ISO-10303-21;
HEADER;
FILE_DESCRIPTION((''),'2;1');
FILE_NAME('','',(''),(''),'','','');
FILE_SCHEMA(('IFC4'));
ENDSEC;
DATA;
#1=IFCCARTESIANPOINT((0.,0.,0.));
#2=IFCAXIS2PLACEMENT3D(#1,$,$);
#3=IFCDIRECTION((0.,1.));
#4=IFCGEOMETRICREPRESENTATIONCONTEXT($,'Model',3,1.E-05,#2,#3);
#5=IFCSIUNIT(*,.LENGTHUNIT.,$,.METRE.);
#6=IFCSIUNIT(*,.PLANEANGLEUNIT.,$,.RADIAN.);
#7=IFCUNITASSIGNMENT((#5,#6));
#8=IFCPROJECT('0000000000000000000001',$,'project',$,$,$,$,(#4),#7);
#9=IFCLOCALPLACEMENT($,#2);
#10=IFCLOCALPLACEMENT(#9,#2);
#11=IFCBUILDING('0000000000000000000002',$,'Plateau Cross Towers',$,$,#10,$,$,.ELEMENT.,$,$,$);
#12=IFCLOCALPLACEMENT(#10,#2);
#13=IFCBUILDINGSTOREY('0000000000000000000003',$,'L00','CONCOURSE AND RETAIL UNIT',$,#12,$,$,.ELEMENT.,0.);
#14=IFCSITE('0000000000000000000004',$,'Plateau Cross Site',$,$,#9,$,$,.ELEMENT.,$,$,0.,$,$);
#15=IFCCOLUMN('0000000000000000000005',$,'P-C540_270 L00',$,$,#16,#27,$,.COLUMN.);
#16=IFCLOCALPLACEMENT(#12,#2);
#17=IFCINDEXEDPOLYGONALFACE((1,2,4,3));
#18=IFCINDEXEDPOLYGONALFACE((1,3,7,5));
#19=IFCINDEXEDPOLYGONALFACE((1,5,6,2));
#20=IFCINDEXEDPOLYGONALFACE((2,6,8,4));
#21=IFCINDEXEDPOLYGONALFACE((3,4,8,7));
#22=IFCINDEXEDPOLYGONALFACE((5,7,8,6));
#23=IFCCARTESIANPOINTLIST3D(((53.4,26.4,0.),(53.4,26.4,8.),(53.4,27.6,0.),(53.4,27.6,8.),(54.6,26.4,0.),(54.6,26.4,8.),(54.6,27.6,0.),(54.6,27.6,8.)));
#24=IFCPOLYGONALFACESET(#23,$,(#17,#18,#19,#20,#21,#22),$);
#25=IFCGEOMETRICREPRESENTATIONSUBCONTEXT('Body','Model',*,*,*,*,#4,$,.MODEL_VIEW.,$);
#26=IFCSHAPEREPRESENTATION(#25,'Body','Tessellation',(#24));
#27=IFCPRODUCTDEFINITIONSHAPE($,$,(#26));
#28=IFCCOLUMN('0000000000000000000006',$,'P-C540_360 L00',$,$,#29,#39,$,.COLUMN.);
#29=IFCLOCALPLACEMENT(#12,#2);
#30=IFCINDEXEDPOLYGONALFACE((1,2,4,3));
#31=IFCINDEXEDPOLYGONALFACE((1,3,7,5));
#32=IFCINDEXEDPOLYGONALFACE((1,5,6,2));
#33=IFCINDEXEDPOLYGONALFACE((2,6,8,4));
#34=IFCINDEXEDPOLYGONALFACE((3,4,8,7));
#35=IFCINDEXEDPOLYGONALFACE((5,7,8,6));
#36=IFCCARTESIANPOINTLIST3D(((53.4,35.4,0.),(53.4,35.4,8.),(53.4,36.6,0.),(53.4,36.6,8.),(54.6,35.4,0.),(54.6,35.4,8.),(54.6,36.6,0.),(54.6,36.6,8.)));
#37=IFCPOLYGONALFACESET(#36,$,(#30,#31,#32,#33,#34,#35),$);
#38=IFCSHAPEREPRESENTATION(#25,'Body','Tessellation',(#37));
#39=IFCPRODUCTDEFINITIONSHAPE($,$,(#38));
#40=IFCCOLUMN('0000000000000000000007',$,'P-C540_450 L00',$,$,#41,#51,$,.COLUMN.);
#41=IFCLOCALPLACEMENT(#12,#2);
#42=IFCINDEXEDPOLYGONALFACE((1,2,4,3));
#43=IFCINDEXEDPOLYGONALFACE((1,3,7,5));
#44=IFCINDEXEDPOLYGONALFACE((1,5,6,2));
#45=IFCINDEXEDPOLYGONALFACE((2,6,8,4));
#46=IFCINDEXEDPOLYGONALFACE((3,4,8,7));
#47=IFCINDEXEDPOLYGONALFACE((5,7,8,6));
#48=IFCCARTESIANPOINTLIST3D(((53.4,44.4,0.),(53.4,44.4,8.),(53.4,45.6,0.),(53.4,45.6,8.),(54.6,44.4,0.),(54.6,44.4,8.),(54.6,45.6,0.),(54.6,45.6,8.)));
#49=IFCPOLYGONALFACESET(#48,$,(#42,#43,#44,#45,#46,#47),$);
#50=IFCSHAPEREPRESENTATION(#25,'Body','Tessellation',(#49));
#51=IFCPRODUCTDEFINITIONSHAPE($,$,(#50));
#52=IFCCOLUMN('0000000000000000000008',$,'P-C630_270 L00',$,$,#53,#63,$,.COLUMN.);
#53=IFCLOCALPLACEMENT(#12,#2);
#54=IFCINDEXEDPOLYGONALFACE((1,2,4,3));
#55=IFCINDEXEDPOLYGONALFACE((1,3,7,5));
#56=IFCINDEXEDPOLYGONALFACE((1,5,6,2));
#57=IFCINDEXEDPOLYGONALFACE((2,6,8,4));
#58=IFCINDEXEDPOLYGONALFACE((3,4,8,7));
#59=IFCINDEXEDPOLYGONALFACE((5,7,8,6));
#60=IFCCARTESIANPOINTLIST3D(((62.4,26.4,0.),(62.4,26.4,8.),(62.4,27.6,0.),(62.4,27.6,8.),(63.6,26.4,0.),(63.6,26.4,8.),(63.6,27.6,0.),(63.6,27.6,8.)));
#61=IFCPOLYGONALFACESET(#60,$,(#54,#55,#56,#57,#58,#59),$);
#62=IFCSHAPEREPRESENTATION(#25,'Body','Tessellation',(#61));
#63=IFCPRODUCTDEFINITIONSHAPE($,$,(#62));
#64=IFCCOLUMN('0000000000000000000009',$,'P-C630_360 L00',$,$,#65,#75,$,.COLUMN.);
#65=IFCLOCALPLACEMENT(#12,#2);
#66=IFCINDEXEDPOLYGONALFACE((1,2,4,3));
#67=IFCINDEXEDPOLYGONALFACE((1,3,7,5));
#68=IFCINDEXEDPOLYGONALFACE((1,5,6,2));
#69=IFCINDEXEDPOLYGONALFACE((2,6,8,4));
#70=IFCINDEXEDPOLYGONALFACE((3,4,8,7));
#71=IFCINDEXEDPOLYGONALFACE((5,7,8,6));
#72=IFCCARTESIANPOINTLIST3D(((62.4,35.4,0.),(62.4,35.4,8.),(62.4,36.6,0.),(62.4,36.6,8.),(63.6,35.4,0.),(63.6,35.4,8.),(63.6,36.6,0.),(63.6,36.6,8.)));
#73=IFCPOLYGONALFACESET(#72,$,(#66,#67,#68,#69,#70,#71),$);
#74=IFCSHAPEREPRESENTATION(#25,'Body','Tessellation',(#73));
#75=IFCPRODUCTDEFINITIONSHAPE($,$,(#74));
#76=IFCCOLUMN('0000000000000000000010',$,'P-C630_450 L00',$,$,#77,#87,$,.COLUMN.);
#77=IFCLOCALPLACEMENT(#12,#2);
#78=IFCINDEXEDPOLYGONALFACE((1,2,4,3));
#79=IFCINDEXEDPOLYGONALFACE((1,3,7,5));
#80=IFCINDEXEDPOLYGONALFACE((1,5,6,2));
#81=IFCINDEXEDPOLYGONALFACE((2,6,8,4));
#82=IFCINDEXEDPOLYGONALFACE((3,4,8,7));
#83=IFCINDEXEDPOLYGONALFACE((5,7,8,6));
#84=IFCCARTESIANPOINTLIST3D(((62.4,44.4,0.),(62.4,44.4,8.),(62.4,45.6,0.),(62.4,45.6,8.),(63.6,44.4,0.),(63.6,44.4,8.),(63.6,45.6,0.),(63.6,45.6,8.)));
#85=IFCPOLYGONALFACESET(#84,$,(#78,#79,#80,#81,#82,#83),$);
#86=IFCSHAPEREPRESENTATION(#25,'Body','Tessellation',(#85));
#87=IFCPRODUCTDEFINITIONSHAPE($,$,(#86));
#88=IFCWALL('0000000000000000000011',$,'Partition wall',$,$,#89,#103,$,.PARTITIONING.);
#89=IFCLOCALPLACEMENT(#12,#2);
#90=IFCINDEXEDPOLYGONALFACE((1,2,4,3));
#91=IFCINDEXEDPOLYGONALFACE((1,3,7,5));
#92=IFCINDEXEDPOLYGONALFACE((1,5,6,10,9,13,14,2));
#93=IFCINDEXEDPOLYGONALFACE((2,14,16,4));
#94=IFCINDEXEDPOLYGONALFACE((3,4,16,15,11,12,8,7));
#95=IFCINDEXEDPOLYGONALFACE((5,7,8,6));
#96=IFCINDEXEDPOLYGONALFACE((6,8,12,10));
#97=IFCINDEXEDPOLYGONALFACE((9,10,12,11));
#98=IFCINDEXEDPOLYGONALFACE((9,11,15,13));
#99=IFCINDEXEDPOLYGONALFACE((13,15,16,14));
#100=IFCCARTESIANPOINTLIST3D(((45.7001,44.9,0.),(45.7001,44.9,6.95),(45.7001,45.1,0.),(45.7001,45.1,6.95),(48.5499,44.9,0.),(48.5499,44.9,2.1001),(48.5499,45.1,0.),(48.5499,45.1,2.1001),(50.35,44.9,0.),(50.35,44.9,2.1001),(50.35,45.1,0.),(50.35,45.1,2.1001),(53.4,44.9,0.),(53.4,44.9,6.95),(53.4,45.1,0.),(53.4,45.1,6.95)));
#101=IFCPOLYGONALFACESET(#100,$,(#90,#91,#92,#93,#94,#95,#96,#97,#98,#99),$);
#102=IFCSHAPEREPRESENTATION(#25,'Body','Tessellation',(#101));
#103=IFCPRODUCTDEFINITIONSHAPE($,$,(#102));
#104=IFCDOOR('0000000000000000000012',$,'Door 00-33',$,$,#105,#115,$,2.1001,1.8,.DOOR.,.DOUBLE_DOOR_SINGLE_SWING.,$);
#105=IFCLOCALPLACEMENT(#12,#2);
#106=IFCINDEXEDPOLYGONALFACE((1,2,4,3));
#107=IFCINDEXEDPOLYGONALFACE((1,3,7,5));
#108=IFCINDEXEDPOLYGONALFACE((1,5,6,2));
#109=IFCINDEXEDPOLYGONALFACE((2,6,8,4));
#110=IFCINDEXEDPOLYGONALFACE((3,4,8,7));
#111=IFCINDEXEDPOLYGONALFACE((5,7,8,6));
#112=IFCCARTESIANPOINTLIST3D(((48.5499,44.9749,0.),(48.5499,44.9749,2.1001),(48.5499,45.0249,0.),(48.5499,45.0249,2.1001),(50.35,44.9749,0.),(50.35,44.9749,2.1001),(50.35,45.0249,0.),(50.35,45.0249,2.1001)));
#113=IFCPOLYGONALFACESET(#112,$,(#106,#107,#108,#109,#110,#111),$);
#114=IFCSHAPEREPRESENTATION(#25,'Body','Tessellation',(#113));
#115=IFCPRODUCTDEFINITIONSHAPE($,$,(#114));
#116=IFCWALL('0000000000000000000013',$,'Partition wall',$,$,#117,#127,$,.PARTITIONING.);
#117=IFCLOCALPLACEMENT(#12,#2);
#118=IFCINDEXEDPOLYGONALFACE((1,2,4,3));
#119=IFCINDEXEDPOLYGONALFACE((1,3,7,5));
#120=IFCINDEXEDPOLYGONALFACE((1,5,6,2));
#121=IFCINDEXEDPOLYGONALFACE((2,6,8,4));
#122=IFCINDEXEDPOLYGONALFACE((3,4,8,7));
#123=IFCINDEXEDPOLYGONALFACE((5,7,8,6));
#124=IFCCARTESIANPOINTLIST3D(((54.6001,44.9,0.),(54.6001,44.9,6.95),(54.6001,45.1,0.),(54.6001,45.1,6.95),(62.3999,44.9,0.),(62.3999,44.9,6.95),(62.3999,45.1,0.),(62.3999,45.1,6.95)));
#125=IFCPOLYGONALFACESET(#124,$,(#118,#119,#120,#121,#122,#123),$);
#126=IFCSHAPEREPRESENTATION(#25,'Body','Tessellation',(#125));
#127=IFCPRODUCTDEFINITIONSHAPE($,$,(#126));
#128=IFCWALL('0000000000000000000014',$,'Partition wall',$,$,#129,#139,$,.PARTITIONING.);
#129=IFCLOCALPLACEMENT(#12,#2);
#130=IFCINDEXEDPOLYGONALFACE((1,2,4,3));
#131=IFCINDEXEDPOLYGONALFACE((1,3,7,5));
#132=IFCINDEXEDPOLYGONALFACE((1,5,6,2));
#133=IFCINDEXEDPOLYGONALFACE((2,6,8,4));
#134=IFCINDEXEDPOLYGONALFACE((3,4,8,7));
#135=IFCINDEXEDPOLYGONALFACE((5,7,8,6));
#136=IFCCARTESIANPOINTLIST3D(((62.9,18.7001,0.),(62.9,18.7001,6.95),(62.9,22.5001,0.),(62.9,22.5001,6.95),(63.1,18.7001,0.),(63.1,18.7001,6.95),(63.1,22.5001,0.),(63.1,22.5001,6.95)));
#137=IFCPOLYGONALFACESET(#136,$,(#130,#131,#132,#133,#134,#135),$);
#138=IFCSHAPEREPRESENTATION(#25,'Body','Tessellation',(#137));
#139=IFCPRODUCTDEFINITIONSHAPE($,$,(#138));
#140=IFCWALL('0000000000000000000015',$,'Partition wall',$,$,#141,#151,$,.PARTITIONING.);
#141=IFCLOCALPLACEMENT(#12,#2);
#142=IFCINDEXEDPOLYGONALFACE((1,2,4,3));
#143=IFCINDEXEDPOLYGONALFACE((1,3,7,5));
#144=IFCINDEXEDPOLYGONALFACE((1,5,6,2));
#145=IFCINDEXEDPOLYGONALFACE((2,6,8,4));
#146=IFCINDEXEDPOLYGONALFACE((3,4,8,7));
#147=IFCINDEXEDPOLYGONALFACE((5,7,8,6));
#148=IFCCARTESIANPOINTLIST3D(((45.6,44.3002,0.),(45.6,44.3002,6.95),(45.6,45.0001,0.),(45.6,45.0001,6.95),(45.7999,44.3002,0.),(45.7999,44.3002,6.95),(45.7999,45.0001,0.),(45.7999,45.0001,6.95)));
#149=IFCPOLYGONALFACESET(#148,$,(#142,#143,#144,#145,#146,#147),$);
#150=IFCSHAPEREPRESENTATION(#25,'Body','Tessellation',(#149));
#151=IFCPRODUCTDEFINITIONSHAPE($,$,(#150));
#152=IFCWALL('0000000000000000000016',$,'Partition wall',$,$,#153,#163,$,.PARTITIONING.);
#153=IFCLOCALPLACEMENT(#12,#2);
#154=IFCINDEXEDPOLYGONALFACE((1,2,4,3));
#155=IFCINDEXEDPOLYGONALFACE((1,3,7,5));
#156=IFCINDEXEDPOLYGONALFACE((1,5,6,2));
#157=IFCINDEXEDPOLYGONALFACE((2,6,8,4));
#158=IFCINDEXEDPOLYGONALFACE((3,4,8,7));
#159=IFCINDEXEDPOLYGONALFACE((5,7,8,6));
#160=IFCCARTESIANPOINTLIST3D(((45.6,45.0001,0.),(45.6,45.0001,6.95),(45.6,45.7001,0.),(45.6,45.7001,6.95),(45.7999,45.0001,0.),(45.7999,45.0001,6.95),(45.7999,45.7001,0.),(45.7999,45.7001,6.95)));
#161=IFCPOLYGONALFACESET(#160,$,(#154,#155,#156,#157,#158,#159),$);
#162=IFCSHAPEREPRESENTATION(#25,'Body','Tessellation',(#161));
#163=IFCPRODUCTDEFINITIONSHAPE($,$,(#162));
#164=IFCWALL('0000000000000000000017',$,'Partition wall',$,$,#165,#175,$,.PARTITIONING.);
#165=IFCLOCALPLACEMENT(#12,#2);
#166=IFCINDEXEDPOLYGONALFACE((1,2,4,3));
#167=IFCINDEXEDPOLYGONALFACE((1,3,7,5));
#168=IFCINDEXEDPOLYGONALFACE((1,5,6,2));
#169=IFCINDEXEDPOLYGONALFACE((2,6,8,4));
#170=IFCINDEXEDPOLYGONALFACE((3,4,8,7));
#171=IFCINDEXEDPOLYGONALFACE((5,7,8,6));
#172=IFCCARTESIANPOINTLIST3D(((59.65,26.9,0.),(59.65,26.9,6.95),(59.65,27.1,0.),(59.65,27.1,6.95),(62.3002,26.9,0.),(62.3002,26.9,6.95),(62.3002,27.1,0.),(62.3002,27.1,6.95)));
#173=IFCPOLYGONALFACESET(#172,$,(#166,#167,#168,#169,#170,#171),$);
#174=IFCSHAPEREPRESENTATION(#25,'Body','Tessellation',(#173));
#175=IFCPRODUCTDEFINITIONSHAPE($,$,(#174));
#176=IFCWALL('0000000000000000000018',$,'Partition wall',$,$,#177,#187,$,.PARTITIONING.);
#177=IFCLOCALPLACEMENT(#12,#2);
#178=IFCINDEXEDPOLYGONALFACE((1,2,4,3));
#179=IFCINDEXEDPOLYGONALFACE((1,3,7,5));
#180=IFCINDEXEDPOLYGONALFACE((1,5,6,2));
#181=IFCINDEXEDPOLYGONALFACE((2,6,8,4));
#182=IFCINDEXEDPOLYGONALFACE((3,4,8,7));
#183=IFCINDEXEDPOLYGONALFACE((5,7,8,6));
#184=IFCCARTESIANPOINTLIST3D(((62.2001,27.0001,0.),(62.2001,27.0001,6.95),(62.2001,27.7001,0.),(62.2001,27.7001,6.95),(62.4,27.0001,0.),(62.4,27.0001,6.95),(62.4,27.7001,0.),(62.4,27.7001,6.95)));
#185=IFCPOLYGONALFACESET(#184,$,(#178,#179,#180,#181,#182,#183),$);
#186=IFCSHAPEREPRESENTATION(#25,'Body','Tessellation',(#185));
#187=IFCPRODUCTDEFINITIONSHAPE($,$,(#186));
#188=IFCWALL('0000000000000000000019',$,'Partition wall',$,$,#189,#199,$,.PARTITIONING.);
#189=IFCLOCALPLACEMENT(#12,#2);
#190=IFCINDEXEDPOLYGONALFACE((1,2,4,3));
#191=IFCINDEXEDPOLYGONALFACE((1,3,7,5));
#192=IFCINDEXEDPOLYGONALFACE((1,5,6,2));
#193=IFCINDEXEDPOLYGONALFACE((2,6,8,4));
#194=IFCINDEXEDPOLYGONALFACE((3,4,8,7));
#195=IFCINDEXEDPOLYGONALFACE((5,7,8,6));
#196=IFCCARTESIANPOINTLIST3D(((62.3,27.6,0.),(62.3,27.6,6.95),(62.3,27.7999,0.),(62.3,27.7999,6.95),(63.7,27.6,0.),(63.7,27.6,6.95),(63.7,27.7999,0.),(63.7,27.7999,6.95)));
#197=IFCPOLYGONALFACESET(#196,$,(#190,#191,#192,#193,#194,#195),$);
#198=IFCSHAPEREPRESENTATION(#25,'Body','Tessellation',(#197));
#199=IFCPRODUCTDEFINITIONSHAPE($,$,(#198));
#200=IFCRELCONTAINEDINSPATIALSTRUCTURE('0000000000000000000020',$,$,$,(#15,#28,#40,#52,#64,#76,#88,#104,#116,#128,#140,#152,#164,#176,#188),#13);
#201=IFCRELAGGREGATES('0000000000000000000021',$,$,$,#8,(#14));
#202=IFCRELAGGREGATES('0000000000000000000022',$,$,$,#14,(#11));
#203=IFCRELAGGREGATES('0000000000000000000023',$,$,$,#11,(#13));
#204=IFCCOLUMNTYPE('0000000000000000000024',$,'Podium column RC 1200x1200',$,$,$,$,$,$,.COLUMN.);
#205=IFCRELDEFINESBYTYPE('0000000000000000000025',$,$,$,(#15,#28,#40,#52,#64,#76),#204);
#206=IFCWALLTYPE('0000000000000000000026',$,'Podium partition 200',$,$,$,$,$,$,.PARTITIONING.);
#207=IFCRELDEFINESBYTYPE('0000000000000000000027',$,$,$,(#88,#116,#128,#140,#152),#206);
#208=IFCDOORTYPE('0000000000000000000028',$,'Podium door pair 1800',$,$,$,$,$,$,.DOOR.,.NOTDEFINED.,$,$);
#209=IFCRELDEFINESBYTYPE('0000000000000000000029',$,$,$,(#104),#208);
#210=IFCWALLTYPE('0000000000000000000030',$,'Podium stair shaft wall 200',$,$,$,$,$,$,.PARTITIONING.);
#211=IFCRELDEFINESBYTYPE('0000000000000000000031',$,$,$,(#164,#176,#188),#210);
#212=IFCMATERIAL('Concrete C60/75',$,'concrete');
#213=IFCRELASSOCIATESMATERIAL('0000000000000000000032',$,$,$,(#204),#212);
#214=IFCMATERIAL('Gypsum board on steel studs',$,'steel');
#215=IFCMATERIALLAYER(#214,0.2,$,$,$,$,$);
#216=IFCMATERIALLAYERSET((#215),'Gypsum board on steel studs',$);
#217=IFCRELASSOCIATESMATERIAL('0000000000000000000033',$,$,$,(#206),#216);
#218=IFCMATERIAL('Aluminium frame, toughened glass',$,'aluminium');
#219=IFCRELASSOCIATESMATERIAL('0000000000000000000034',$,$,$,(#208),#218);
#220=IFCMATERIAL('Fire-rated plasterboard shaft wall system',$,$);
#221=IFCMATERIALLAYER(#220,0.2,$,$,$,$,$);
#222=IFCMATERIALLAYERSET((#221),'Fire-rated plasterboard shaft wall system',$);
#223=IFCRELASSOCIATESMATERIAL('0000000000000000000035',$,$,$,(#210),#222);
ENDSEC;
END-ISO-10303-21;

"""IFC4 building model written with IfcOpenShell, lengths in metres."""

from ifc_helpers import new_model, si_unit, direction, frame, frame_2d, origin, origin_2d, place, context, subcontext, project, spatial, rectangle, extrude, material, layer, layer_set, material_profile, profile_set, type_object, element, fill, save


model = new_model("IFC4")

# Units and contexts
model_context = context("Model", 3, precision=1e-05, world=origin(), true_north=direction((0.0, 1.0)))
body_context = subcontext(model_context, "Body", "Model", "MODEL_VIEW")
ifc_project = project(units=[si_unit("LENGTHUNIT", "METRE"), si_unit("PLANEANGLEUNIT", "RADIAN")], contexts=[model_context])

# Site, building, storey
site_placement = place(None, origin())
site = spatial("IfcSite", under=ifc_project, at=site_placement, Name="Plateau Cross Site", CompositionType="ELEMENT", RefElevation=0.0)
building_placement = place(site_placement, origin())
building = spatial("IfcBuilding", under=site, at=building_placement, Name="Plateau Cross Towers", CompositionType="ELEMENT")
storey_placement = place(building_placement, origin())
storey = spatial("IfcBuildingStorey", under=building, at=storey_placement, Name="L00", Description="CONCOURSE AND RETAIL UNIT", CompositionType="ELEMENT", Elevation=0.0)

# Columns
ifc_material_1 = material(Name="Concrete C60/75", Category="concrete")
ifc_material_profile = material_profile(ifc_material_1, rectangle(XDim=1.2, YDim=1.2, at=origin_2d()), Name="RC 1200x1200")
ifc_profile_set = profile_set([ifc_material_profile], Name="Concrete C60/75")
column_type = type_object("IfcColumnType", Name="Podium column RC 1200x1200", PredefinedType="COLUMN", material=ifc_profile_set)
for number, where, z_axis, x_axis, name in (
    (1, (54.0, 27.0, 0.0), (0.0, 0.0, 1.0), (1.0, 0.0, 0.0), "P-C540_270 L00"),
    (2, (54.0, 36.0, 0.0), (0.0, 0.0, 1.0), (1.0, 0.0, 0.0), "P-C540_360 L00"),
    (3, (54.0, 45.0, 0.0), (0.0, 0.0, 1.0), (1.0, 0.0, 0.0), "P-C540_450 L00"),
    (4, (63.0, 27.0, 0.0), (0.0, 0.0, 1.0), (1.0, 0.0, 0.0), "P-C630_270 L00"),
    (5, (63.0, 36.0, 0.0), (0.0, 0.0, 1.0), (1.0, 0.0, 0.0), "P-C630_360 L00"),
    (6, (63.0, 45.0, 0.0), (0.0, 0.0, 1.0), (1.0, 0.0, 0.0), "P-C630_450 L00"),
):
    element("IfcColumn", number, at=place(storey_placement, frame(where, z_axis=z_axis, x_axis=x_axis)), inside=storey, type_object=column_type, Name=name, PredefinedType="COLUMN", context=body_context, shape_type="SweptSolid", body=[
        extrude(rectangle(XDim=1.2, YDim=1.2, at=origin_2d()), origin(), (0.0, 0.0, 1.0), 8.0),
    ])

# Wall, opening, door
ifc_material_2 = material(Name="Gypsum board on steel studs", Category="steel")
ifc_layer_1 = layer(ifc_material_2, 0.2)
ifc_layer_set_1 = layer_set([ifc_layer_1], Name="Gypsum board on steel studs")
wall_type_1 = type_object("IfcWallType", Name="Podium partition 200", PredefinedType="PARTITIONING", material=ifc_layer_set_1)
wall_1_placement = place(storey_placement, frame((45.7, 45.0, 0.0), z_axis=(0.0, 0.0, 1.0), x_axis=(1.0, 0.0, 0.0)))
wall_1 = element("IfcWall", 7, at=wall_1_placement, inside=storey, type_object=wall_type_1, Name="Partition wall", PredefinedType="PARTITIONING", context=body_context, shape_type="SweptSolid", body=[
    extrude(rectangle(XDim=7.7, YDim=0.2, at=frame_2d((3.8501, 0.0))), origin(), (0.0, 0.0, 1.0), 6.95),
])
opening_1_placement = place(wall_1_placement, frame((2.8501, 0.0, 0.0)))
opening_1 = element("IfcOpeningElement", 8, at=opening_1_placement, cuts=wall_1, PredefinedType="OPENING", context=body_context, shape_type="SweptSolid", body=[
    extrude(rectangle(XDim=1.8, YDim=2.1001, at=frame_2d((0.8999, 1.05))), frame((0.0, 0.1099, 0.0), z_axis=(0.0, -1.0, 0.0), x_axis=(1.0, 0.0, 0.0)), (0.0, 0.0, 1.0), 0.22),
])
ifc_material_3 = material(Name="Aluminium frame, toughened glass", Category="aluminium")
door_type_1 = type_object("IfcDoorType", Name="Podium door pair 1800", OperationType="NOTDEFINED", PredefinedType="DOOR", material=ifc_material_3)
door_1_placement = place(opening_1_placement, origin())
door_1 = element("IfcDoor", 9, at=door_1_placement, inside=storey, type_object=door_type_1, Name="Door 00-33", OperationType="DOUBLE_DOOR_SINGLE_SWING", OverallHeight=2.1001, OverallWidth=1.8, PredefinedType="DOOR", context=body_context, shape_type="SweptSolid", body=[
    extrude(rectangle(XDim=1.8, YDim=2.1001, at=frame_2d((0.8999, 1.05))), frame((0.0, 0.0249, 0.0), z_axis=(0.0, -1.0, 0.0), x_axis=(1.0, 0.0, 0.0)), (0.0, 0.0, 1.0), 0.05),
])
fill(opening_1, door_1)

# Walls
wall_2_placement = place(storey_placement, frame((54.6001, 45.0, 0.0), z_axis=(0.0, 0.0, 1.0), x_axis=(1.0, 0.0, 0.0)))
element("IfcWall", 10, at=wall_2_placement, inside=storey, type_object=wall_type_1, Name="Partition wall", PredefinedType="PARTITIONING", context=body_context, shape_type="SweptSolid", body=[
    extrude(rectangle(XDim=7.7998, YDim=0.2, at=frame_2d((3.8999, 0.0))), origin(), (0.0, 0.0, 1.0), 6.95),
])
wall_3_placement = place(storey_placement, frame((63.0, 22.5, 0.0), z_axis=(0.0, 0.0, 1.0), x_axis=(0.0, -1.0, 0.0)))
element("IfcWall", 11, at=wall_3_placement, inside=storey, type_object=wall_type_1, Name="Partition wall", PredefinedType="PARTITIONING", context=body_context, shape_type="SweptSolid", body=[
    extrude(rectangle(XDim=3.8, YDim=0.2, at=frame_2d((1.8999, 0.0))), origin(), (0.0, 0.0, 1.0), 6.95),
])
for number, where, z_axis, x_axis, name in (
    (12, (45.7, 44.3, 0.0), (0.0, 0.0, 1.0), (0.0, 1.0, 0.0), "Partition wall"),
    (13, (45.7, 45.0, 0.0), (0.0, 0.0, 1.0), (0.0, 1.0, 0.0), "Partition wall"),
):
    element("IfcWall", number, at=place(storey_placement, frame(where, z_axis=z_axis, x_axis=x_axis)), inside=storey, type_object=wall_type_1, Name=name, PredefinedType="PARTITIONING", context=body_context, shape_type="SweptSolid", body=[
        extrude(rectangle(XDim=0.7, YDim=0.2, at=frame_2d((0.3501, 0.0))), origin(), (0.0, 0.0, 1.0), 6.95),
    ])
ifc_material_4 = material(Name="Fire-rated plasterboard shaft wall system")
ifc_layer_2 = layer(ifc_material_4, 0.2)
ifc_layer_set_2 = layer_set([ifc_layer_2], Name="Fire-rated plasterboard shaft wall system")
wall_type_2 = type_object("IfcWallType", Name="Podium stair shaft wall 200", PredefinedType="PARTITIONING", material=ifc_layer_set_2)
wall_4_placement = place(storey_placement, frame((59.6499, 27.0, 0.0), z_axis=(0.0, 0.0, 1.0), x_axis=(1.0, 0.0, 0.0)))
element("IfcWall", 14, at=wall_4_placement, inside=storey, type_object=wall_type_2, Name="Partition wall", PredefinedType="PARTITIONING", context=body_context, shape_type="SweptSolid", body=[
    extrude(rectangle(XDim=2.6501, YDim=0.2, at=frame_2d((1.3252, 0.0))), origin(), (0.0, 0.0, 1.0), 6.95),
])
wall_5_placement = place(storey_placement, frame((62.3, 27.0, 0.0), z_axis=(0.0, 0.0, 1.0), x_axis=(0.0, 1.0, 0.0)))
element("IfcWall", 15, at=wall_5_placement, inside=storey, type_object=wall_type_2, Name="Partition wall", PredefinedType="PARTITIONING", context=body_context, shape_type="SweptSolid", body=[
    extrude(rectangle(XDim=0.7, YDim=0.2, at=frame_2d((0.3501, 0.0))), origin(), (0.0, 0.0, 1.0), 6.95),
])
wall_6_placement = place(storey_placement, frame((62.3, 27.7, 0.0), z_axis=(0.0, 0.0, 1.0), x_axis=(1.0, 0.0, 0.0)))
element("IfcWall", 16, at=wall_6_placement, inside=storey, type_object=wall_type_2, Name="Partition wall", PredefinedType="PARTITIONING", context=body_context, shape_type="SweptSolid", body=[
    extrude(rectangle(XDim=1.3999, YDim=0.2, at=frame_2d((0.7, 0.0))), origin(), (0.0, 0.0, 1.0), 6.95),
])

save(model, "model.ifc")
